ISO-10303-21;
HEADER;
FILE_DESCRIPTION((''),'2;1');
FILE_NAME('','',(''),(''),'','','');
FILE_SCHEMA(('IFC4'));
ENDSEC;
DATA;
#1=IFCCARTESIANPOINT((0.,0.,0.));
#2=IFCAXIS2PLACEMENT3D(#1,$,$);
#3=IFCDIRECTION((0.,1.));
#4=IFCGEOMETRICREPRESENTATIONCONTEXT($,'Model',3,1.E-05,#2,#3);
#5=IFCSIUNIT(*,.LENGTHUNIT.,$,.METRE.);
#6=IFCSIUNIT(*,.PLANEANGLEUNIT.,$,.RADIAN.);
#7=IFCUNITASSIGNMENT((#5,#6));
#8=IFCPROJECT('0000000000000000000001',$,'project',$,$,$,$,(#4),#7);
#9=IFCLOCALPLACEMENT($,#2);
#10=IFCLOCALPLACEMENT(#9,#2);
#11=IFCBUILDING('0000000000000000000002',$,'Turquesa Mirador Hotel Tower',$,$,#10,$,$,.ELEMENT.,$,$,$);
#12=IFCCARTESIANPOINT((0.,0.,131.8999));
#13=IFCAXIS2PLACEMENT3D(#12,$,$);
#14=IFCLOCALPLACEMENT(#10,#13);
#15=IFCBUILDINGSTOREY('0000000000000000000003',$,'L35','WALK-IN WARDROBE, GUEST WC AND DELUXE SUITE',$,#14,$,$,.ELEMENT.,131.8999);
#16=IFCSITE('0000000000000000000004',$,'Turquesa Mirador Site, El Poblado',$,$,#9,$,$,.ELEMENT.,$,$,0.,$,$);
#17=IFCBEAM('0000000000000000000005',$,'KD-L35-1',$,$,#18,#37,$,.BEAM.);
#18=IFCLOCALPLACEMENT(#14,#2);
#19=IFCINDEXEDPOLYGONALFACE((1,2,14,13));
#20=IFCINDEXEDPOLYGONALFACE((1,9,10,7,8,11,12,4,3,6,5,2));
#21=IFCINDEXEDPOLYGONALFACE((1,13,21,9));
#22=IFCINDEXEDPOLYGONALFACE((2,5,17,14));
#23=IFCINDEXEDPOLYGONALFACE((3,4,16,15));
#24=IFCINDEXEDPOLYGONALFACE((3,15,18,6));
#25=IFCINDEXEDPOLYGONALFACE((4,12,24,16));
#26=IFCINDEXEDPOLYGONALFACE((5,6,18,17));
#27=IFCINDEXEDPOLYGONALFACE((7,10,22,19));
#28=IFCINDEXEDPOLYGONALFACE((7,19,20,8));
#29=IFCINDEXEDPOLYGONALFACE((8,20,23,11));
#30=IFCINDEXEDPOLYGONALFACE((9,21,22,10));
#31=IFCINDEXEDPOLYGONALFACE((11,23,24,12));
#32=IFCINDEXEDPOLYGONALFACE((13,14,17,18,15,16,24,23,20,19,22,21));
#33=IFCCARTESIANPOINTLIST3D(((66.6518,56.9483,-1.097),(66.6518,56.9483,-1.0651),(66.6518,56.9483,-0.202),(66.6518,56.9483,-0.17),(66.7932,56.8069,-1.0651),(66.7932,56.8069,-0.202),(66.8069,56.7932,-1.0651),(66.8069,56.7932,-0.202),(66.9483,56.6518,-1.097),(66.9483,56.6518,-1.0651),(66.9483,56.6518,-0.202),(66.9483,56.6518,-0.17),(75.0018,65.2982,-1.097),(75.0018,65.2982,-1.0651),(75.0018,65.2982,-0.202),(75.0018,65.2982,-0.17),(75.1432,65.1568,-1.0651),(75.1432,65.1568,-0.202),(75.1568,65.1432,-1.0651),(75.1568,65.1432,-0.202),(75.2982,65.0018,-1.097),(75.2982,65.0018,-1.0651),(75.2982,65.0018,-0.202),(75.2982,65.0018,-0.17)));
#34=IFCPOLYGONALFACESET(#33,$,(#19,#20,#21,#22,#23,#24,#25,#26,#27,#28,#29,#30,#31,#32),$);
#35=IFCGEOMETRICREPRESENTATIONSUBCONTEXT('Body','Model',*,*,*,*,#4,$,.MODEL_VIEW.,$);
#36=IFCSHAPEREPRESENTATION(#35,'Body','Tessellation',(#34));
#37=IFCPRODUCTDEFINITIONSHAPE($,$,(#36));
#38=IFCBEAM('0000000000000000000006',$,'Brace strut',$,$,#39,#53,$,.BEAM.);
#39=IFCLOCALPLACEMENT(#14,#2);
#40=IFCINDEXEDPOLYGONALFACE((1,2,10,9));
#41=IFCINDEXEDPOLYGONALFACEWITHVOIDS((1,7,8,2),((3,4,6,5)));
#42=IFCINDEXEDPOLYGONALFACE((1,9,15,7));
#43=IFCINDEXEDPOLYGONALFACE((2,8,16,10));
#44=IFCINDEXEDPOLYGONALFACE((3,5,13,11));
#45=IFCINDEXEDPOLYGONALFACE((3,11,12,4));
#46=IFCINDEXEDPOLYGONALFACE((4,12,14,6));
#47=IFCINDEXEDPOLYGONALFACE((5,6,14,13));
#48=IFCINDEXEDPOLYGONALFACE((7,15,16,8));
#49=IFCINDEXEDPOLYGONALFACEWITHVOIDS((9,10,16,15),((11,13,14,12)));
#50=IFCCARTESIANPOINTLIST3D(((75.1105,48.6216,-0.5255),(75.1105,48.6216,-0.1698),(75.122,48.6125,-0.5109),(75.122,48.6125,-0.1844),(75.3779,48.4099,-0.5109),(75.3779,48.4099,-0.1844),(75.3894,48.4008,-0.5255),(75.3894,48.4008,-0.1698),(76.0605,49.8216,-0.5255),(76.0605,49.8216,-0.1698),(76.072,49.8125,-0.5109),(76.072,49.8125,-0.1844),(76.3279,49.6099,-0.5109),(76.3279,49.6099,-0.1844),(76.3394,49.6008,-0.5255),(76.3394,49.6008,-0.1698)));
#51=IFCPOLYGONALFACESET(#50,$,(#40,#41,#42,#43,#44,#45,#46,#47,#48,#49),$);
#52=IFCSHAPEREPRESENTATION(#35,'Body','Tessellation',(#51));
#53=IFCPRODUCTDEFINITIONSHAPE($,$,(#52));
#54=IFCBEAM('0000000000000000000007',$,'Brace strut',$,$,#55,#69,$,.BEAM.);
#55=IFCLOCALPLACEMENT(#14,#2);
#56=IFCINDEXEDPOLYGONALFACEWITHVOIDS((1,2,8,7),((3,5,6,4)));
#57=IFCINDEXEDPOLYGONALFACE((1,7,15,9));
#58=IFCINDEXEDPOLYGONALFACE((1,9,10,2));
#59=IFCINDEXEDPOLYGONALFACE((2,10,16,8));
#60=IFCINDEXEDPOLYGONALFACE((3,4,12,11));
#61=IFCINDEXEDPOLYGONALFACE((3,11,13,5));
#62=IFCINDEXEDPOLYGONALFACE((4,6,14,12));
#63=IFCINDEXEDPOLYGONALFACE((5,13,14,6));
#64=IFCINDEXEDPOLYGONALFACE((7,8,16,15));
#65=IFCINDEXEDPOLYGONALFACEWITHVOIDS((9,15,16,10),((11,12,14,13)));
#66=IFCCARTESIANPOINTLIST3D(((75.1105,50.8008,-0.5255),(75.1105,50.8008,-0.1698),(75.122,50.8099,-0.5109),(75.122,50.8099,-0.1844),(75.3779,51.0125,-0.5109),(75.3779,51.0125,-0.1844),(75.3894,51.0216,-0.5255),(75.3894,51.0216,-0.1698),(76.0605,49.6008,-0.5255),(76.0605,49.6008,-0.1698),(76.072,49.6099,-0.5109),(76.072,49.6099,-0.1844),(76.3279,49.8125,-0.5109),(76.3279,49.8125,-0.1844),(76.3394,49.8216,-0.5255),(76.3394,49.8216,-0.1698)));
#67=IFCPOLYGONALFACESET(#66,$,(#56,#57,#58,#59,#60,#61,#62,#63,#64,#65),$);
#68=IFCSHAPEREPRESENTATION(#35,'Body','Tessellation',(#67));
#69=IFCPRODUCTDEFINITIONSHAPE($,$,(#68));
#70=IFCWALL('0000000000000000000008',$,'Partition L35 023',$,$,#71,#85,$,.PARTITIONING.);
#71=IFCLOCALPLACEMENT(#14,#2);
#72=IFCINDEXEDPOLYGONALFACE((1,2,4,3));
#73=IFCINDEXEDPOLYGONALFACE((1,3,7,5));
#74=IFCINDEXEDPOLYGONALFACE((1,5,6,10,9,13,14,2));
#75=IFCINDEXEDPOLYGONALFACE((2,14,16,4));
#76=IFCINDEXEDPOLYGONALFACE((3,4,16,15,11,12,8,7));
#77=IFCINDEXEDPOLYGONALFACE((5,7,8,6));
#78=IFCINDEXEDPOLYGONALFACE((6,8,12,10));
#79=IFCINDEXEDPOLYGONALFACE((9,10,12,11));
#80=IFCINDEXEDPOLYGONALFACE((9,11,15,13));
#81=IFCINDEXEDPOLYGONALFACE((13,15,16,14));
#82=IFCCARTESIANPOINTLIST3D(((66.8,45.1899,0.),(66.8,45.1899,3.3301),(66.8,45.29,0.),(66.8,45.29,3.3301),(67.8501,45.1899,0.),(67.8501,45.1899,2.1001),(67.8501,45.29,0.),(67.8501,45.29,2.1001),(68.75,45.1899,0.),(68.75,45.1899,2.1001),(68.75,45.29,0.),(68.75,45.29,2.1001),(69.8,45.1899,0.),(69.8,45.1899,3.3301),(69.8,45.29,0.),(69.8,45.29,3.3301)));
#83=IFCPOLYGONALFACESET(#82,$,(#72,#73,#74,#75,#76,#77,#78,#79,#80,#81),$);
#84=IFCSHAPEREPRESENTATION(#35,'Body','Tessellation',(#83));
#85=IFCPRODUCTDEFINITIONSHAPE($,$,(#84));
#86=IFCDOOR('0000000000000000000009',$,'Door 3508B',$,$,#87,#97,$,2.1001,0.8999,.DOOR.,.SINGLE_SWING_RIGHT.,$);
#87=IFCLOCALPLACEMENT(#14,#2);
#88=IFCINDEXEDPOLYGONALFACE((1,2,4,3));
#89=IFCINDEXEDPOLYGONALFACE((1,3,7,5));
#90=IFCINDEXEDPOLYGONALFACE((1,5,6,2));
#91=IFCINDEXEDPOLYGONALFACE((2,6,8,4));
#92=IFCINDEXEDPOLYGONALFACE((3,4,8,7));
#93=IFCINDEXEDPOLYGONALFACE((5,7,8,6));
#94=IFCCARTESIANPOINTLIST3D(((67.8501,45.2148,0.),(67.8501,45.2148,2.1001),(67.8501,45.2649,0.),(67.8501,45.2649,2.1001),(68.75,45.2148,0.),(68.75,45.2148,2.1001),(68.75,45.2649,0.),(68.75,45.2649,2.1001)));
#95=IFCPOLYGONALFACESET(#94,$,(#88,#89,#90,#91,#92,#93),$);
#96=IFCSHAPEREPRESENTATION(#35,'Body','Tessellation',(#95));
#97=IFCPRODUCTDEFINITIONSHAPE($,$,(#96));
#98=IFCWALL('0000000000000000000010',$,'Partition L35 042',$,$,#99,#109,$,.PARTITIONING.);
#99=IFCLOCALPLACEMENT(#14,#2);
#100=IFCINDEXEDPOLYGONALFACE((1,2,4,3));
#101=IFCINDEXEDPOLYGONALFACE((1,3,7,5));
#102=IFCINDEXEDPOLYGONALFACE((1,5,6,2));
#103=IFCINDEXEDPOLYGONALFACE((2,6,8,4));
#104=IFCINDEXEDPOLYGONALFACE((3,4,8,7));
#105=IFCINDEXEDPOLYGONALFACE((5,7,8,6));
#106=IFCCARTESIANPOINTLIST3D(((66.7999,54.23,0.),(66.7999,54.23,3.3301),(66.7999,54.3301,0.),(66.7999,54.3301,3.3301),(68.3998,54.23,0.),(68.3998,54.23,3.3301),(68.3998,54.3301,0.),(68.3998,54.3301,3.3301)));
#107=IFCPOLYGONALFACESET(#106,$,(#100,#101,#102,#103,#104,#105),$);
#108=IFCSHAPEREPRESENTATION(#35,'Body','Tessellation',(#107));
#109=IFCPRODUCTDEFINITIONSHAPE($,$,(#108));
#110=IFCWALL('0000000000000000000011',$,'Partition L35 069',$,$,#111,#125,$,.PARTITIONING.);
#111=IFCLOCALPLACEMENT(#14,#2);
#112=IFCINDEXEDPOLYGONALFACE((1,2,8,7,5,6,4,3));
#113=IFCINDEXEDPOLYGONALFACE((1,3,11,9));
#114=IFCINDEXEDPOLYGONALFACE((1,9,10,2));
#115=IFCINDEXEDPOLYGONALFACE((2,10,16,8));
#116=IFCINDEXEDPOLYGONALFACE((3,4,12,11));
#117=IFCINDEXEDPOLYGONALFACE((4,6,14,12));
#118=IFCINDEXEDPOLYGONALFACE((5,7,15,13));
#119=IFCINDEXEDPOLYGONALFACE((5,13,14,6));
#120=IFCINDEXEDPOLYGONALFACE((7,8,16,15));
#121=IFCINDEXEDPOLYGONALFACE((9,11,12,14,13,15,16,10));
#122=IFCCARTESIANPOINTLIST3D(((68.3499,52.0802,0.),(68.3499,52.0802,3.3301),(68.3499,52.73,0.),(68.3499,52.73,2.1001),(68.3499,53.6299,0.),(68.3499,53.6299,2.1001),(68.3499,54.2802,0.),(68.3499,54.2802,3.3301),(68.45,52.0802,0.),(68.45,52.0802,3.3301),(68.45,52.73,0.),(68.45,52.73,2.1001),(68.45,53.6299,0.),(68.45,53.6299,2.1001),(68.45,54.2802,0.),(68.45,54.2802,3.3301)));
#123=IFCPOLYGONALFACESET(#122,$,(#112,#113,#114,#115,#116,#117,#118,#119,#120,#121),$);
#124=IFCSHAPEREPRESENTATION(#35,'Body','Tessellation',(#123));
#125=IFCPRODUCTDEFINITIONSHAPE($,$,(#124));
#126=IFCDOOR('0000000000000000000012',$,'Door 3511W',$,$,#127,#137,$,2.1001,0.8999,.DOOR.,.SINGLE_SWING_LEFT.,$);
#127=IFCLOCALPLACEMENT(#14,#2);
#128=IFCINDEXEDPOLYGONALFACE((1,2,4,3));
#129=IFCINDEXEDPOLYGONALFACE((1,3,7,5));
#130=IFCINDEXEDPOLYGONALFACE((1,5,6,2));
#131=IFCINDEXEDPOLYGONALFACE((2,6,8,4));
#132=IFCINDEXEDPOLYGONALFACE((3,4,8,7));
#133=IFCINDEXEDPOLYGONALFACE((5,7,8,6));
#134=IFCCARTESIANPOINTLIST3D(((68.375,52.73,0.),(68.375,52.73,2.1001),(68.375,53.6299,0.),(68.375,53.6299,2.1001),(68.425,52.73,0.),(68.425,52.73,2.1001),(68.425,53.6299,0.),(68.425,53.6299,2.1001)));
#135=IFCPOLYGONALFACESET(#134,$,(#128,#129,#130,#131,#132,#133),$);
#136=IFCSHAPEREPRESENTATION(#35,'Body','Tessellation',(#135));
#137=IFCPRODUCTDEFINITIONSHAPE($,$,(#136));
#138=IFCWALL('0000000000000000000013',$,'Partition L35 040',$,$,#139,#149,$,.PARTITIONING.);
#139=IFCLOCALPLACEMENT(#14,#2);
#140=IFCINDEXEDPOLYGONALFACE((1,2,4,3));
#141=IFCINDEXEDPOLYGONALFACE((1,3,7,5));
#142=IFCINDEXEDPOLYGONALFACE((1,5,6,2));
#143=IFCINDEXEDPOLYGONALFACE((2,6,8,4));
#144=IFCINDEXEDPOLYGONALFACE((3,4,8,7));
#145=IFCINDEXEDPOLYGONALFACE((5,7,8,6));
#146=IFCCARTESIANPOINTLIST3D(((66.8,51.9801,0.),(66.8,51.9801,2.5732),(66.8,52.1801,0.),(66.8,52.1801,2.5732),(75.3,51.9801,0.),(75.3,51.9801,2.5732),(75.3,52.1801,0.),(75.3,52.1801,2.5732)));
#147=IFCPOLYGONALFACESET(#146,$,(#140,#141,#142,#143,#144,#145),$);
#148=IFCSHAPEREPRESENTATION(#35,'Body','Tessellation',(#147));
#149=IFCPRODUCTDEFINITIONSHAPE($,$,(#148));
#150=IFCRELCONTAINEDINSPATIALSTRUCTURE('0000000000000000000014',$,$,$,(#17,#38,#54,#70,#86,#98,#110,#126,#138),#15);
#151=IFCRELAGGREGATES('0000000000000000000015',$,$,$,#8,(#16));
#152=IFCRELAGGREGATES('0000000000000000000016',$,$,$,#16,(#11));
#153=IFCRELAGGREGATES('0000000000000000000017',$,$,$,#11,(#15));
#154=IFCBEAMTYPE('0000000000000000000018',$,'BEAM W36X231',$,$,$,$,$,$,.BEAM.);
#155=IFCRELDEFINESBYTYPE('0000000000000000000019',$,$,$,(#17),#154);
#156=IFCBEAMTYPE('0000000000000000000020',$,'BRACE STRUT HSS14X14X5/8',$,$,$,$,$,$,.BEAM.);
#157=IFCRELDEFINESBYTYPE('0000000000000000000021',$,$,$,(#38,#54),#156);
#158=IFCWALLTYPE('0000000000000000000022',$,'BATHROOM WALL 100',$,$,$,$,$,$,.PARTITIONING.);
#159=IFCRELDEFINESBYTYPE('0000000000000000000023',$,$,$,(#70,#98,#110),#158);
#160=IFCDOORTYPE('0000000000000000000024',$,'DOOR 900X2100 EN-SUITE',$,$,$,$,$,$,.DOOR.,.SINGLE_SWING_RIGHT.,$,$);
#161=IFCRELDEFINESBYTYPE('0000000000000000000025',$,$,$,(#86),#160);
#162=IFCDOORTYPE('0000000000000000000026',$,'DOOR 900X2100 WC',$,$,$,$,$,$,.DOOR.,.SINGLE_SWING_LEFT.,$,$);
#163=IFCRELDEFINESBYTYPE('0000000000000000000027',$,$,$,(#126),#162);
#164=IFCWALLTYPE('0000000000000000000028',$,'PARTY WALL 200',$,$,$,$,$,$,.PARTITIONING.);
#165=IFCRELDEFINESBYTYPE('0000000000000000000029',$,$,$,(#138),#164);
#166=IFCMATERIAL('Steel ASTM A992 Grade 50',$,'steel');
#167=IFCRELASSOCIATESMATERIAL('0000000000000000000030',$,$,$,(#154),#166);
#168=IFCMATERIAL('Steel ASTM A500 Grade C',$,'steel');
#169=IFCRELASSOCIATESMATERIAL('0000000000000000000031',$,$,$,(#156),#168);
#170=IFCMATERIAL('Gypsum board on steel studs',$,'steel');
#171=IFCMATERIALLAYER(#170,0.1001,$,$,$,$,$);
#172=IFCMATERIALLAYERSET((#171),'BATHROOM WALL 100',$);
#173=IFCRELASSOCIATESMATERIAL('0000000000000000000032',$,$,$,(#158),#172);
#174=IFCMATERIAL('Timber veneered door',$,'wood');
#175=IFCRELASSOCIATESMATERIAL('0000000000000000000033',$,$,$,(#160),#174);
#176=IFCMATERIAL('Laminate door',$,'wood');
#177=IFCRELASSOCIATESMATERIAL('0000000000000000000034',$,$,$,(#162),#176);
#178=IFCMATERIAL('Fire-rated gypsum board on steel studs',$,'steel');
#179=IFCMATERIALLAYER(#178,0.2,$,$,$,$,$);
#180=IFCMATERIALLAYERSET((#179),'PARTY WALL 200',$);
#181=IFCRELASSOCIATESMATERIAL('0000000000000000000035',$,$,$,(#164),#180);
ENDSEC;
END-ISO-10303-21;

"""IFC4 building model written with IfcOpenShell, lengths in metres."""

from ifc_helpers import new_model, si_unit, direction, frame, frame_2d, origin, origin_2d, place, context, subcontext, project, spatial, rectangle, hollow_rectangle, i_section, extrude, material, layer, layer_set, material_profile, profile_set, type_object, element, fill, save


model = new_model("IFC4")

# Units and contexts
model_context = context("Model", 3, precision=1e-05, world=origin(), true_north=direction((0.0, 1.0)))
body_context = subcontext(model_context, "Body", "Model", "MODEL_VIEW")
ifc_project = project(units=[si_unit("LENGTHUNIT", "METRE"), si_unit("PLANEANGLEUNIT", "RADIAN")], contexts=[model_context])

# Site, building, storey
site_placement = place(None, origin())
site = spatial("IfcSite", under=ifc_project, at=site_placement, Name="Turquesa Mirador Site, El Poblado", CompositionType="ELEMENT", RefElevation=0.0)
building_placement = place(site_placement, origin())
building = spatial("IfcBuilding", under=site, at=building_placement, Name="Turquesa Mirador Hotel Tower", CompositionType="ELEMENT")
storey_placement = place(building_placement, frame((0.0, 0.0, 131.8999)))
storey = spatial("IfcBuildingStorey", under=building, at=storey_placement, Name="L35", Description="WALK-IN WARDROBE, GUEST WC AND DELUXE SUITE", CompositionType="ELEMENT", Elevation=131.8999)

# Beams
ifc_material_1 = material(Name="Steel ASTM A992 Grade 50", Category="steel")
ifc_material_profile_1 = material_profile(ifc_material_1, i_section(OverallWidth=0.4192, OverallDepth=0.927, WebThickness=0.0193, FlangeThickness=0.032, at=origin_2d()), Name="W36X231")
ifc_profile_set_1 = profile_set([ifc_material_profile_1], Name="Steel ASTM A992 Grade 50")
beam_type_1 = type_object("IfcBeamType", Name="BEAM W36X231", PredefinedType="BEAM", material=ifc_profile_set_1)
beam_1_placement = place(storey_placement, frame((66.8, 56.8, -0.6335), z_axis=(0.707107, 0.707107, 0.0), x_axis=(-0.707107, 0.707107, 0.0)))
element("IfcBeam", 1, at=beam_1_placement, inside=storey, type_object=beam_type_1, Name="KD-L35-1", PredefinedType="BEAM", context=body_context, shape_type="SweptSolid", body=[
    extrude(i_section(OverallWidth=0.4192, OverallDepth=0.927, WebThickness=0.0193, FlangeThickness=0.032, at=origin_2d()), origin(), (0.0, 0.0, 1.0), 11.8086),
])
ifc_material_2 = material(Name="Steel ASTM A500 Grade C", Category="steel")
ifc_material_profile_2 = material_profile(ifc_material_2, hollow_rectangle(XDim=0.3557, YDim=0.3557, WallThickness=0.0146, at=origin_2d()), Name="HSS14X14X5/8")
ifc_profile_set_2 = profile_set([ifc_material_profile_2], Name="Steel ASTM A500 Grade C")
beam_type_2 = type_object("IfcBeamType", Name="BRACE STRUT HSS14X14X5/8", PredefinedType="BEAM", material=ifc_profile_set_2)
for number, where, z_axis, x_axis, name in (
    (2, (76.2, 49.7112, -0.3477), (-0.620699, -0.784049, 0.0), (0.784049, -0.620699, 0.0), "Brace strut"),
    (3, (76.2, 49.7112, -0.3477), (-0.620699, 0.784049, 0.0), (-0.784049, -0.620699, 0.0), "Brace strut"),
):
    element("IfcBeam", number, at=place(storey_placement, frame(where, z_axis=z_axis, x_axis=x_axis)), inside=storey, type_object=beam_type_2, Name=name, PredefinedType="BEAM", context=body_context, shape_type="SweptSolid", body=[
        extrude(hollow_rectangle(XDim=0.3557, YDim=0.3557, WallThickness=0.0146, at=origin_2d()), origin(), (0.0, 0.0, 1.0), 1.5305),
    ])

# Wall, opening, door
ifc_material_3 = material(Name="Gypsum board on steel studs", Category="steel")
ifc_layer_1 = layer(ifc_material_3, 0.1001)
ifc_layer_set_1 = layer_set([ifc_layer_1], Name="BATHROOM WALL 100")
wall_type_1 = type_object("IfcWallType", Name="BATHROOM WALL 100", PredefinedType="PARTITIONING", material=ifc_layer_set_1)
wall_1_placement = place(storey_placement, frame((66.8, 45.24, 0.0), z_axis=(0.0, 0.0, 1.0), x_axis=(1.0, 0.0, 0.0)))
wall_1 = element("IfcWall", 4, at=wall_1_placement, inside=storey, type_object=wall_type_1, Name="Partition L35 023", PredefinedType="PARTITIONING", context=body_context, shape_type="SweptSolid", body=[
    extrude(rectangle(XDim=3.0, YDim=0.1001, at=frame_2d((1.5, 0.0))), origin(), (0.0, 0.0, 1.0), 3.3301),
])
opening_1_placement = place(wall_1_placement, frame((1.05, 0.0, 0.0)))
opening_1 = element("IfcOpeningElement", 5, at=opening_1_placement, cuts=wall_1, PredefinedType="OPENING", context=body_context, shape_type="SweptSolid", body=[
    extrude(rectangle(XDim=0.8999, YDim=2.1001, at=frame_2d((0.45, 1.05))), frame((0.0, 0.0601, 0.0), z_axis=(0.0, -1.0, 0.0), x_axis=(1.0, 0.0, 0.0)), (0.0, 0.0, 1.0), 0.1201),
])
ifc_material_4 = material(Name="Timber veneered door", Category="wood")
door_type_1 = type_object("IfcDoorType", Name="DOOR 900X2100 EN-SUITE", OperationType="SINGLE_SWING_RIGHT", PredefinedType="DOOR", material=ifc_material_4)
door_1_placement = place(opening_1_placement, origin())
door_1 = element("IfcDoor", 6, at=door_1_placement, inside=storey, type_object=door_type_1, Name="Door 3508B", OperationType="SINGLE_SWING_RIGHT", OverallHeight=2.1001, OverallWidth=0.8999, PredefinedType="DOOR", context=body_context, shape_type="SweptSolid", body=[
    extrude(rectangle(XDim=0.8999, YDim=2.1001, at=frame_2d((0.45, 1.05))), frame((0.0, 0.0249, 0.0), z_axis=(0.0, -1.0, 0.0), x_axis=(1.0, 0.0, 0.0)), (0.0, 0.0, 1.0), 0.05),
])
fill(opening_1, door_1)

# Wall
wall_2_placement = place(storey_placement, frame((66.8, 54.28, 0.0), z_axis=(0.0, 0.0, 1.0), x_axis=(1.0, 0.0, 0.0)))
element("IfcWall", 7, at=wall_2_placement, inside=storey, type_object=wall_type_1, Name="Partition L35 042", PredefinedType="PARTITIONING", context=body_context, shape_type="SweptSolid", body=[
    extrude(rectangle(XDim=1.5999, YDim=0.1001, at=frame_2d((0.7998, 0.0))), origin(), (0.0, 0.0, 1.0), 3.3301),
])

# Wall, opening, door
wall_3_placement = place(storey_placement, frame((68.3999, 52.0801, 0.0), z_axis=(0.0, 0.0, 1.0), x_axis=(0.0, 1.0, 0.0)))
wall_3 = element("IfcWall", 8, at=wall_3_placement, inside=storey, type_object=wall_type_1, Name="Partition L35 069", PredefinedType="PARTITIONING", context=body_context, shape_type="SweptSolid", body=[
    extrude(rectangle(XDim=2.2, YDim=0.1001, at=frame_2d((1.1001, 0.0))), origin(), (0.0, 0.0, 1.0), 3.3301),
])
opening_2_placement = place(wall_3_placement, frame((0.6499, 0.0, 0.0)))
opening_2 = element("IfcOpeningElement", 9, at=opening_2_placement, cuts=wall_3, PredefinedType="OPENING", context=body_context, shape_type="SweptSolid", body=[
    extrude(rectangle(XDim=0.8999, YDim=2.1001, at=frame_2d((0.45, 1.05))), frame((0.0, 0.0601, 0.0), z_axis=(0.0, -1.0, 0.0), x_axis=(1.0, 0.0, 0.0)), (0.0, 0.0, 1.0), 0.1201),
])
ifc_material_5 = material(Name="Laminate door", Category="wood")
door_type_2 = type_object("IfcDoorType", Name="DOOR 900X2100 WC", OperationType="SINGLE_SWING_LEFT", PredefinedType="DOOR", material=ifc_material_5)
door_2_placement = place(opening_2_placement, origin())
door_2 = element("IfcDoor", 10, at=door_2_placement, inside=storey, type_object=door_type_2, Name="Door 3511W", OperationType="SINGLE_SWING_LEFT", OverallHeight=2.1001, OverallWidth=0.8999, PredefinedType="DOOR", context=body_context, shape_type="SweptSolid", body=[
    extrude(rectangle(XDim=0.8999, YDim=2.1001, at=frame_2d((0.45, 1.05))), frame((0.0, 0.0249, 0.0), z_axis=(0.0, -1.0, 0.0), x_axis=(1.0, 0.0, 0.0)), (0.0, 0.0, 1.0), 0.05),
])
fill(opening_2, door_2)

# Wall
ifc_material_6 = material(Name="Fire-rated gypsum board on steel studs", Category="steel")
ifc_layer_2 = layer(ifc_material_6, 0.2)
ifc_layer_set_2 = layer_set([ifc_layer_2], Name="PARTY WALL 200")
wall_type_2 = type_object("IfcWallType", Name="PARTY WALL 200", PredefinedType="PARTITIONING", material=ifc_layer_set_2)
wall_4_placement = place(storey_placement, frame((66.8, 52.0801, 0.0), z_axis=(0.0, 0.0, 1.0), x_axis=(1.0, 0.0, 0.0)))
element("IfcWall", 11, at=wall_4_placement, inside=storey, type_object=wall_type_2, Name="Partition L35 040", PredefinedType="PARTITIONING", context=body_context, shape_type="SweptSolid", body=[
    extrude(rectangle(XDim=8.5, YDim=0.2, at=frame_2d((4.25, 0.0))), origin(), (0.0, 0.0, 1.0), 2.5732),
])

save(model, "model.ifc")
